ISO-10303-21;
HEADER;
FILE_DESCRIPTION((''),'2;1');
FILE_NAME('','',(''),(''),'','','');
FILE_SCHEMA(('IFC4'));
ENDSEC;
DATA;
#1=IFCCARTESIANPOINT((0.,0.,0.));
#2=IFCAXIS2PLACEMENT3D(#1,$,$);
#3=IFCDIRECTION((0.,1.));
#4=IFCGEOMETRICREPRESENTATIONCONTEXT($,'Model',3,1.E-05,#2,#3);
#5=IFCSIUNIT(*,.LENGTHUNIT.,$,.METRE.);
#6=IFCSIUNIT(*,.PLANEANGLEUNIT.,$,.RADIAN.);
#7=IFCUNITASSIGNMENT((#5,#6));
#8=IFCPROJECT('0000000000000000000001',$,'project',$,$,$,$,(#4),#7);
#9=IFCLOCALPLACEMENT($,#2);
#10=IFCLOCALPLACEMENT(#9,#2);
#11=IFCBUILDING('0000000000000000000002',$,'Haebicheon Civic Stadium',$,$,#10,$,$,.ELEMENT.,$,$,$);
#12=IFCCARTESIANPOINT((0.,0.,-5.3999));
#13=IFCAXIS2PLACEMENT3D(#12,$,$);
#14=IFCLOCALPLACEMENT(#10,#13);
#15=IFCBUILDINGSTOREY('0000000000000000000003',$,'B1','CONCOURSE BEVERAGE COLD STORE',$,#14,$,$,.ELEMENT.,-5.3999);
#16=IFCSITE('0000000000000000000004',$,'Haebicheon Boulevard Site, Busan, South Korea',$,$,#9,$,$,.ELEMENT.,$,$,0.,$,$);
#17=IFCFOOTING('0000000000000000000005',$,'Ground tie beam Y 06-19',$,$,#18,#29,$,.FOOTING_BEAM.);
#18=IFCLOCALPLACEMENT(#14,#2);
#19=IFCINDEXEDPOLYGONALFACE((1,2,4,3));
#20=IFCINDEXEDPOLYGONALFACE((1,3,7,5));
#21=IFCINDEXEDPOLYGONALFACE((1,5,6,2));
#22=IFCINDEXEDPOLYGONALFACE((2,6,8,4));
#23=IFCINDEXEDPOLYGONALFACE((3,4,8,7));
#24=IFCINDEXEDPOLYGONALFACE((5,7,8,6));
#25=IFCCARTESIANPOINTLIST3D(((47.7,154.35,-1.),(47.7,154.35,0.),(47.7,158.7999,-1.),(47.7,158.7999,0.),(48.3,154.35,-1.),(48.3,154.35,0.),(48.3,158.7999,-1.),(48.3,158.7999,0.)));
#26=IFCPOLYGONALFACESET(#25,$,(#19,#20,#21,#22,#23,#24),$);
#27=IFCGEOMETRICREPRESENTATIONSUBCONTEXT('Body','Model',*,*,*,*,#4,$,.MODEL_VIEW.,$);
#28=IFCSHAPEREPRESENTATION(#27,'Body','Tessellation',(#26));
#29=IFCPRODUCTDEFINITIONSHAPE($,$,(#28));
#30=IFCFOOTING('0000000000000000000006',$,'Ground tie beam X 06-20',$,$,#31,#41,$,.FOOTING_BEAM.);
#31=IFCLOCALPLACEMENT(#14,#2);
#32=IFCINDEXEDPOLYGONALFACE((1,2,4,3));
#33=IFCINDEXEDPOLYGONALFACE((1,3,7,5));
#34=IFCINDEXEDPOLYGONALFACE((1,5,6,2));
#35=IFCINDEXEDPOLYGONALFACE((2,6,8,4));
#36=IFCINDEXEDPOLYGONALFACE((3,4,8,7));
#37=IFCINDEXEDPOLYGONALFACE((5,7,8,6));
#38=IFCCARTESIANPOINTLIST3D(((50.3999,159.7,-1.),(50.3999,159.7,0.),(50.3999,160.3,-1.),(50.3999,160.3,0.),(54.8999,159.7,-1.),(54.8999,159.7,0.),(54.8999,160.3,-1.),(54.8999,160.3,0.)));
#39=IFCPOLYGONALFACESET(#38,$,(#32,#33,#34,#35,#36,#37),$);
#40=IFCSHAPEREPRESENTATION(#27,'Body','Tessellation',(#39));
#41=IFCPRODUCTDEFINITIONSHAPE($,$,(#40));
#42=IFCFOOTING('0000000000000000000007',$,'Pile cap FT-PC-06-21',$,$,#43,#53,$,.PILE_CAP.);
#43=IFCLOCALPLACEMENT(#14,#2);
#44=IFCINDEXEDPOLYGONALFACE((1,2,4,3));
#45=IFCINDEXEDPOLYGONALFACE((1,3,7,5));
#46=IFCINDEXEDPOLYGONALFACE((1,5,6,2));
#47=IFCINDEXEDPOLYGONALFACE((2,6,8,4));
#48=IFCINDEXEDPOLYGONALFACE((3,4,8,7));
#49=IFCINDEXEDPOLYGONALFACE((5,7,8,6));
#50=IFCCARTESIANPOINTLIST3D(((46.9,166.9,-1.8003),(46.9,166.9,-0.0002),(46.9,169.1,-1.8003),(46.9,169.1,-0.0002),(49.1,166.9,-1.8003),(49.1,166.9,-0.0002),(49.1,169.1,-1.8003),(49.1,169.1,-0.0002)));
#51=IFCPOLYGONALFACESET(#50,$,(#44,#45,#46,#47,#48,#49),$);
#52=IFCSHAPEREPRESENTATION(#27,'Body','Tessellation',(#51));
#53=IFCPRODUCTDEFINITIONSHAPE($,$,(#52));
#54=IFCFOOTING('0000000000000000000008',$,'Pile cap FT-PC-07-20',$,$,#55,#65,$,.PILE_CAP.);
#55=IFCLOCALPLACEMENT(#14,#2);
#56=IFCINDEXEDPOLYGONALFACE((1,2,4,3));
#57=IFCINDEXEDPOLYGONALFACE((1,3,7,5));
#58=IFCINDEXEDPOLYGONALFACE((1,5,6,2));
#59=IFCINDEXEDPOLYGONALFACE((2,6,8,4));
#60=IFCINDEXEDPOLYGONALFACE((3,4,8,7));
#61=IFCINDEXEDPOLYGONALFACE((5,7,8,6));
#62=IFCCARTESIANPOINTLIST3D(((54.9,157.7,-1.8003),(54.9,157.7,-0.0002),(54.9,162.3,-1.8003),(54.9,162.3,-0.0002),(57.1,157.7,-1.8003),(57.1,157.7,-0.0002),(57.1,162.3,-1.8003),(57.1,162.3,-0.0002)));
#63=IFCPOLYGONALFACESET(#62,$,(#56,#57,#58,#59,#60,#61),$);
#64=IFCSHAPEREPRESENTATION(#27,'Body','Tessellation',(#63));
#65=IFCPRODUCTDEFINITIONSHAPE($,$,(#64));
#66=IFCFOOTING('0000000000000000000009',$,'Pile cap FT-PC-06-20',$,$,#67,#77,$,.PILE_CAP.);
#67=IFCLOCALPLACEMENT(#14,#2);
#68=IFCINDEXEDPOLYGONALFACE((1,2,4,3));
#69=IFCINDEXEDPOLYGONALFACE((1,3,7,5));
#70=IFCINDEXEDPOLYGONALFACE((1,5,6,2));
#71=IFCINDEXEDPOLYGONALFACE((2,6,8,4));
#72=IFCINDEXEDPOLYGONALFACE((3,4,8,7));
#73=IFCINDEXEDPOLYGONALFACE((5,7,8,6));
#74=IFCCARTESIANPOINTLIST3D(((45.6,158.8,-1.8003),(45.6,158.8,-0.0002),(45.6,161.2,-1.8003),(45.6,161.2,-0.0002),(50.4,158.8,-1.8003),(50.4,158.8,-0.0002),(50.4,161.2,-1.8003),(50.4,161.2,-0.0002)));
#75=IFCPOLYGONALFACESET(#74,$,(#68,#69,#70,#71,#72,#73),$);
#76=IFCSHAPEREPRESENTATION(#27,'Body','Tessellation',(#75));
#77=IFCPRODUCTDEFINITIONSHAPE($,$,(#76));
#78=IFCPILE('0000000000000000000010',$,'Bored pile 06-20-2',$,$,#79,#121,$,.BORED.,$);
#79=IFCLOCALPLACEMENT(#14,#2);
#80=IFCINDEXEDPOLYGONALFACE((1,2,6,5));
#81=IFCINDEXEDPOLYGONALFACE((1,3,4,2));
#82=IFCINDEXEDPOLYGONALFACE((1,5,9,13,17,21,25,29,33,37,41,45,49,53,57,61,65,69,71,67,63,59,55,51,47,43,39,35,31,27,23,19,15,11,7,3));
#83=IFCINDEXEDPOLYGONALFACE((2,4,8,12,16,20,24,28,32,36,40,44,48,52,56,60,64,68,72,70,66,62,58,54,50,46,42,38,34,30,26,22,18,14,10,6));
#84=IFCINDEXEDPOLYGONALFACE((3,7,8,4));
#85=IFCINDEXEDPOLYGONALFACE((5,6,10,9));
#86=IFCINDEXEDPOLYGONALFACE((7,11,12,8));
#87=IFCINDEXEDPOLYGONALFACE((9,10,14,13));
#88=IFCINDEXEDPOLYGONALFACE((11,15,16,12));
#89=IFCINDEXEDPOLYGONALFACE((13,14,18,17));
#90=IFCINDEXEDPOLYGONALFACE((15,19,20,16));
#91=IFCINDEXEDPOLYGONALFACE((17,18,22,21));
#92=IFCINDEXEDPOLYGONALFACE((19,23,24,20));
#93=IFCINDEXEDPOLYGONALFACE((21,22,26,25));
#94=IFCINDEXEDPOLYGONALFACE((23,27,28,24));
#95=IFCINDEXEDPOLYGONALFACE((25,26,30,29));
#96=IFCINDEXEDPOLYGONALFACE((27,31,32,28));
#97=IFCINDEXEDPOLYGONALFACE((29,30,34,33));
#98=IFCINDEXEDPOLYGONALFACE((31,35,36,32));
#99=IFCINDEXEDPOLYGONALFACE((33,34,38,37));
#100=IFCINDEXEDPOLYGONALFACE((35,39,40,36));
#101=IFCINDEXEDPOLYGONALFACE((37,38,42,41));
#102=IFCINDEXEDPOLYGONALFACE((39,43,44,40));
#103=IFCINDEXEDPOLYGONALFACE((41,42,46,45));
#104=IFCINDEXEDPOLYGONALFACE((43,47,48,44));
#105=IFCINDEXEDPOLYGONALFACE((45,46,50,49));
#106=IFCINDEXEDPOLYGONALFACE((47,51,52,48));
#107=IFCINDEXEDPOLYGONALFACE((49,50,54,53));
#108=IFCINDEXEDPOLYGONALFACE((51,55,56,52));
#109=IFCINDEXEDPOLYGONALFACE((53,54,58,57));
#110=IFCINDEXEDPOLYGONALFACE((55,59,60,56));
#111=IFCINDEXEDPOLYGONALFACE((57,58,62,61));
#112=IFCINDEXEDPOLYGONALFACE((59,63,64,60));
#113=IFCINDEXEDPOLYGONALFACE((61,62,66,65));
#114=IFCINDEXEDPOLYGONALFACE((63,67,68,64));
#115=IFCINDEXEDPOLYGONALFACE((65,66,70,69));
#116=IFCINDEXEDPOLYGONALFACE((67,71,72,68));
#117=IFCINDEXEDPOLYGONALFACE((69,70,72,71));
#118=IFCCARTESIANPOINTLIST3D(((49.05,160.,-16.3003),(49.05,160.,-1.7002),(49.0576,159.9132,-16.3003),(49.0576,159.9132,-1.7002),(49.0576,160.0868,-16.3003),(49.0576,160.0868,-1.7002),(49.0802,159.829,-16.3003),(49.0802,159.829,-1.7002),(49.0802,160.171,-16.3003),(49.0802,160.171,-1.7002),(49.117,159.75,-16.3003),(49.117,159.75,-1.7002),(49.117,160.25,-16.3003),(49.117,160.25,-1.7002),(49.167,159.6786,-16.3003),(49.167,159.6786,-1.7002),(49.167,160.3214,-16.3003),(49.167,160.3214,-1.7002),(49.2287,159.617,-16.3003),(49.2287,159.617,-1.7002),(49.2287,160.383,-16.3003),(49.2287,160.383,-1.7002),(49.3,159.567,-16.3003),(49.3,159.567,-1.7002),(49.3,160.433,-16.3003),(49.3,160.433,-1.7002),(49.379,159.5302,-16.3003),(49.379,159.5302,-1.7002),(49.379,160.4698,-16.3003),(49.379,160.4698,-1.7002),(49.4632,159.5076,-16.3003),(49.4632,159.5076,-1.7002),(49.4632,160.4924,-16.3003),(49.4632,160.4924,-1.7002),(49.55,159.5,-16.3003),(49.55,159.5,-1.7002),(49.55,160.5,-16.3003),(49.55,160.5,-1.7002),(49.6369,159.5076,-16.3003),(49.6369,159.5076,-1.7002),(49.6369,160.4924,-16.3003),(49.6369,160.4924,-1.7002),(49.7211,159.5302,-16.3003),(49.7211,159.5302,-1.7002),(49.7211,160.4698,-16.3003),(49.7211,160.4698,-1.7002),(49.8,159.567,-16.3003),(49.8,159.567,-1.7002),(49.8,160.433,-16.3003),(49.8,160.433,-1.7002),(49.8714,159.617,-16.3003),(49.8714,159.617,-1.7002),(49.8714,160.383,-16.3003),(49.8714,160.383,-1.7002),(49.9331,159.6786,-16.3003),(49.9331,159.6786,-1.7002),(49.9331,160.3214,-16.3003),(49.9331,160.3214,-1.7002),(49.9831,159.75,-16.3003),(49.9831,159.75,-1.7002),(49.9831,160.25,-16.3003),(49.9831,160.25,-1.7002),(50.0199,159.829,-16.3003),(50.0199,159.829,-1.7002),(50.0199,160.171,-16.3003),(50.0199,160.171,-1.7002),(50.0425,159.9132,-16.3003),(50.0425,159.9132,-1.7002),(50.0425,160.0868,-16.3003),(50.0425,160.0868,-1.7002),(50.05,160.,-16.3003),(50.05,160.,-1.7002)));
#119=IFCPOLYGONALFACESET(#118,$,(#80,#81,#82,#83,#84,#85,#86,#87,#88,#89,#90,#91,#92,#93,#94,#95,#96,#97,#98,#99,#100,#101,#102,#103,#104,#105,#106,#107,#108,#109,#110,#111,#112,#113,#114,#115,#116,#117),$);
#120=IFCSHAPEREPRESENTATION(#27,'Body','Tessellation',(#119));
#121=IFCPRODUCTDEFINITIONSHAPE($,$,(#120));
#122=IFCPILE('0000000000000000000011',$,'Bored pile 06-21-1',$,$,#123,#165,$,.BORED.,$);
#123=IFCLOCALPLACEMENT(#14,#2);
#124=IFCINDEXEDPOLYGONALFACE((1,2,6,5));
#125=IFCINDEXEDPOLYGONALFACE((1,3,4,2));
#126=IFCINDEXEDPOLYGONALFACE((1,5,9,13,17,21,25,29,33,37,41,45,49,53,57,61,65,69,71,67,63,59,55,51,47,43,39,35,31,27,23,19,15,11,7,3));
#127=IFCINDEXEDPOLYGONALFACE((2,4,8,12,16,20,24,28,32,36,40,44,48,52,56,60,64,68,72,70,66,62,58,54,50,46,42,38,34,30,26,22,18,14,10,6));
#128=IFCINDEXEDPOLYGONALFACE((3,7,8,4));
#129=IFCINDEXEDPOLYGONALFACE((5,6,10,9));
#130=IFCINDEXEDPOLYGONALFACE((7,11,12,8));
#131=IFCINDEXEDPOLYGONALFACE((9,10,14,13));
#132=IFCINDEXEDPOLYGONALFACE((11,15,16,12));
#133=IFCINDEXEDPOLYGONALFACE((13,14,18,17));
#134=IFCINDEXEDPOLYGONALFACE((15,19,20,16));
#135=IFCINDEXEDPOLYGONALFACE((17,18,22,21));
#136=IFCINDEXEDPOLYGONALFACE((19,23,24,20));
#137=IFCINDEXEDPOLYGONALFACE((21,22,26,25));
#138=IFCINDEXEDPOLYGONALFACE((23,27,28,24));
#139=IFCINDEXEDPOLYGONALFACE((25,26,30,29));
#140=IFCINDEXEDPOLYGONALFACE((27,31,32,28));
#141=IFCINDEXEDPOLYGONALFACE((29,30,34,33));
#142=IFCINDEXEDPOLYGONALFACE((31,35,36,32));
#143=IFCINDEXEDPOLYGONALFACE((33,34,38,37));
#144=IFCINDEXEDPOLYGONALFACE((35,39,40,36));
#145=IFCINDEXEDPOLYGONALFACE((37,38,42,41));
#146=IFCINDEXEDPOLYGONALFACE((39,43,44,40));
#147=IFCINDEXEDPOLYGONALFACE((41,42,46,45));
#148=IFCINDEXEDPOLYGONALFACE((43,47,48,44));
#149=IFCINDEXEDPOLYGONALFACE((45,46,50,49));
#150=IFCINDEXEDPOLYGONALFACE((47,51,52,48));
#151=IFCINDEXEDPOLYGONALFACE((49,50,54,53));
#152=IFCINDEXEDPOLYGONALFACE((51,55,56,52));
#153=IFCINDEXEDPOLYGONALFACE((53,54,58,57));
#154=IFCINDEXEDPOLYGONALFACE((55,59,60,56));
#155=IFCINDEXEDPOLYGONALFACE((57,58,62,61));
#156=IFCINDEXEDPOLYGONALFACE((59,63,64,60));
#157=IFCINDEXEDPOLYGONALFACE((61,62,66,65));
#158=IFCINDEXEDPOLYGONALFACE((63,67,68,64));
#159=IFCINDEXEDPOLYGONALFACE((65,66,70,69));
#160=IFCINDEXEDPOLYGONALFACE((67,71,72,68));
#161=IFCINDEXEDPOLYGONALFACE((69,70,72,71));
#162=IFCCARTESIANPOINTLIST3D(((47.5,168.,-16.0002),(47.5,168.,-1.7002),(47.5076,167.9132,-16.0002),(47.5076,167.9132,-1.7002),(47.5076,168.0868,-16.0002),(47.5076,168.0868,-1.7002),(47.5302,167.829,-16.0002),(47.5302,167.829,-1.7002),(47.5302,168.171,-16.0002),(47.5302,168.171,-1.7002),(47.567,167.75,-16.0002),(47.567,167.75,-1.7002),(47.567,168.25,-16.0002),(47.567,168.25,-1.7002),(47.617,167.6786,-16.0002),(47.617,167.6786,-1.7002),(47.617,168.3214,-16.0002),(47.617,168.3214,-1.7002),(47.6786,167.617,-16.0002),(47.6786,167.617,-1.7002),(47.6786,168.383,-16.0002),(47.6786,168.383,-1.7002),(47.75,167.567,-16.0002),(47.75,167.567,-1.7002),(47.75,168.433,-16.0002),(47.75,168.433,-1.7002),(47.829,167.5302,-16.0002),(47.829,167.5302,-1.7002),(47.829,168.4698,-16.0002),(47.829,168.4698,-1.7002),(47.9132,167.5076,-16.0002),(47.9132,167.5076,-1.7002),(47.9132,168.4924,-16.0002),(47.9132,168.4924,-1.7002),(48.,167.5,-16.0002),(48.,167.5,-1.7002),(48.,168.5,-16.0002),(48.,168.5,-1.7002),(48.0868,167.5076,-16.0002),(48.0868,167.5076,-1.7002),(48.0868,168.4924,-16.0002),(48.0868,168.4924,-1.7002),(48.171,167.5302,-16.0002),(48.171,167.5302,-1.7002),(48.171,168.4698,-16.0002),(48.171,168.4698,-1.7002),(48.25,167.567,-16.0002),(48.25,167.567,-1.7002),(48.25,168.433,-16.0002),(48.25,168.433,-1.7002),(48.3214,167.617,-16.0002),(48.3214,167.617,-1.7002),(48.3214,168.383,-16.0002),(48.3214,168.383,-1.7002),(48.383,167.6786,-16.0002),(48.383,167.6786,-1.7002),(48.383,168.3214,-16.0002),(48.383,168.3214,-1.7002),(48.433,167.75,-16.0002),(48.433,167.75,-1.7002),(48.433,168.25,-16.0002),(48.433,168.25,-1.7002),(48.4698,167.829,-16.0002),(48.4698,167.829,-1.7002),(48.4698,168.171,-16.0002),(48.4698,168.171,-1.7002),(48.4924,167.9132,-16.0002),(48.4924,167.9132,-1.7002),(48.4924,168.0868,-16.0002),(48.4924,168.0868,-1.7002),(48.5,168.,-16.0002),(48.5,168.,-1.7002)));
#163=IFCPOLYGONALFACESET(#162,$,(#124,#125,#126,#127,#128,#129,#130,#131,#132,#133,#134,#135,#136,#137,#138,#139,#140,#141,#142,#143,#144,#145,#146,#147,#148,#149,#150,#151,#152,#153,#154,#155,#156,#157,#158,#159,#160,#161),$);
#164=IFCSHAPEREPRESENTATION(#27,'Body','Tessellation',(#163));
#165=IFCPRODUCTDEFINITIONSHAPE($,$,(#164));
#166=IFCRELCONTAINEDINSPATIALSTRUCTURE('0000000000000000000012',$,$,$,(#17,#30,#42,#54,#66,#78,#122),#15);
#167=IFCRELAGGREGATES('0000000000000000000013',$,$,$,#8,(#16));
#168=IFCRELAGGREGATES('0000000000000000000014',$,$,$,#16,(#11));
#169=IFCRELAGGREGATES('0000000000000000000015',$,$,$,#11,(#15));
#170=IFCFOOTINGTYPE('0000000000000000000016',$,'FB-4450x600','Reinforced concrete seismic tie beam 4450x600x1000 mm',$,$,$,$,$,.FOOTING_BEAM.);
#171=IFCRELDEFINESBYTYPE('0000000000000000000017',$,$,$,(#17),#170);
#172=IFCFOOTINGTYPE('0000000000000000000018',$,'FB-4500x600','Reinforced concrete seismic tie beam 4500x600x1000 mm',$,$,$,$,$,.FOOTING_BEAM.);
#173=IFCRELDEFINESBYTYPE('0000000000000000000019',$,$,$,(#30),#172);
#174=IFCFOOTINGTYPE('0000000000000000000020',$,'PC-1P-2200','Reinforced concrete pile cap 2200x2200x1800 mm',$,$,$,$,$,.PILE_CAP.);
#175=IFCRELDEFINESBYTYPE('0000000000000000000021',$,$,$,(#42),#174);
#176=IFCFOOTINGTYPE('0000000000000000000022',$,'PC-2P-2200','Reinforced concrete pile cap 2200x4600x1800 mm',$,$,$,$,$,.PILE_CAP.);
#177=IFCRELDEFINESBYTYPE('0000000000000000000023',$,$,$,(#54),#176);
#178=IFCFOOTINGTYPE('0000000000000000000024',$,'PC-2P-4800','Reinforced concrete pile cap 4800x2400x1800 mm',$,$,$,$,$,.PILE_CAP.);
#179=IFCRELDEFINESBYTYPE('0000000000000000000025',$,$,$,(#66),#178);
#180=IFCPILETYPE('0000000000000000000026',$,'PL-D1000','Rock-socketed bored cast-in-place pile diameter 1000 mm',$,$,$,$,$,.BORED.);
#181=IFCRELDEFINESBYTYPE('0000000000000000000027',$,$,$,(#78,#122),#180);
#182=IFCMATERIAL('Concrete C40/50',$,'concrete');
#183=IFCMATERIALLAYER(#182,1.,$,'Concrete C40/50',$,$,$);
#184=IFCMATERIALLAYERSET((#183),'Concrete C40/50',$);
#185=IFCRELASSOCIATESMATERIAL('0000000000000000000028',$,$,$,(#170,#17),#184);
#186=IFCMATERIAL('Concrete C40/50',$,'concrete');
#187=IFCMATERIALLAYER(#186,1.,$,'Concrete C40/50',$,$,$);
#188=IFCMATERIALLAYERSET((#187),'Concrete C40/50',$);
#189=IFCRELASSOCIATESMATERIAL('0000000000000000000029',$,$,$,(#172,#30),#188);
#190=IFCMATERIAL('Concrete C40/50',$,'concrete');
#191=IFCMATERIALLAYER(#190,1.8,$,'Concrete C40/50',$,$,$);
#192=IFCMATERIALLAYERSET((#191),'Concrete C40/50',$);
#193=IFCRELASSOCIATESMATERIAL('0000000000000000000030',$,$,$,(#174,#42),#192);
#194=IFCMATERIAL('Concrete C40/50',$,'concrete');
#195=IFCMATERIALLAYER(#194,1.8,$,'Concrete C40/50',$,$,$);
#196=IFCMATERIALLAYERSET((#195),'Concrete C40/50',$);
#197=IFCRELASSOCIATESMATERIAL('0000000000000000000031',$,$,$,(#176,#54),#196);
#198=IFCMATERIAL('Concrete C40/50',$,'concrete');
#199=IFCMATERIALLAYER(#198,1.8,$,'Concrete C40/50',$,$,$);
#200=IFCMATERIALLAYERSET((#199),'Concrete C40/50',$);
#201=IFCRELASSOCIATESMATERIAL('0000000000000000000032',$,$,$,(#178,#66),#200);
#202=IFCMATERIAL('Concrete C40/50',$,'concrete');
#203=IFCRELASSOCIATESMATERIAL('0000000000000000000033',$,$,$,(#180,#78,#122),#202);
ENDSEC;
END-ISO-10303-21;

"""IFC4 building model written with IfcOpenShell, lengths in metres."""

from ifc_helpers import new_model, si_unit, direction, frame, origin, origin_2d, place, context, subcontext, project, spatial, rectangle, circle, extrude, material, layer, layer_set, material_profile, profile_set, type_object, element, save


model = new_model("IFC4")

# Units and contexts
model_context = context("Model", 3, precision=1e-05, world=origin(), true_north=direction((0.0, 1.0)))
body_context = subcontext(model_context, "Body", "Model", "MODEL_VIEW")
ifc_project = project(units=[si_unit("LENGTHUNIT", "METRE"), si_unit("PLANEANGLEUNIT", "RADIAN")], contexts=[model_context])

# Site, building, storey
site_placement = place(None, origin())
site = spatial("IfcSite", under=ifc_project, at=site_placement, Name="Haebicheon Boulevard Site, Busan, South Korea", CompositionType="ELEMENT", RefElevation=0.0)
building_placement = place(site_placement, origin())
building = spatial("IfcBuilding", under=site, at=building_placement, Name="Haebicheon Civic Stadium", CompositionType="ELEMENT")
storey_placement = place(building_placement, frame((0.0, 0.0, -5.3999)))
storey = spatial("IfcBuildingStorey", under=building, at=storey_placement, Name="B1", Description="CONCOURSE BEVERAGE COLD STORE", CompositionType="ELEMENT", Elevation=-5.3999)

# Footings
ifc_material_1 = material(Name="Concrete C40/50", Category="concrete")
ifc_layer_1 = layer(ifc_material_1, 1.0, Name="Concrete C40/50")
ifc_layer_set_1 = layer_set([ifc_layer_1], Name="Concrete C40/50")
footing_type_1 = type_object("IfcFootingType", Name="FB-4450x600", Description="Reinforced concrete seismic tie beam 4450x600x1000 mm", PredefinedType="FOOTING_BEAM", material=ifc_layer_set_1)
footing_1_placement = place(storey_placement, frame((48.0, 156.575, -1.0), z_axis=(0.0, 0.0, 1.0), x_axis=(0.0, 1.0, 0.0)))
element("IfcFooting", 1, at=footing_1_placement, inside=storey, type_object=footing_type_1, material=ifc_layer_set_1, Name="Ground tie beam Y 06-19", PredefinedType="FOOTING_BEAM", context=body_context, shape_type="SweptSolid", body=[
    extrude(rectangle(XDim=4.45, YDim=0.6001, at=origin_2d()), origin(), (0.0, 0.0, 1.0), 1.0),
])
ifc_material_2 = material(Name="Concrete C40/50", Category="concrete")
ifc_layer_2 = layer(ifc_material_2, 1.0, Name="Concrete C40/50")
ifc_layer_set_2 = layer_set([ifc_layer_2], Name="Concrete C40/50")
footing_type_2 = type_object("IfcFootingType", Name="FB-4500x600", Description="Reinforced concrete seismic tie beam 4500x600x1000 mm", PredefinedType="FOOTING_BEAM", material=ifc_layer_set_2)
footing_2_placement = place(storey_placement, frame((52.6499, 160.0, -1.0), z_axis=(0.0, 0.0, 1.0), x_axis=(1.0, 0.0, 0.0)))
element("IfcFooting", 2, at=footing_2_placement, inside=storey, type_object=footing_type_2, material=ifc_layer_set_2, Name="Ground tie beam X 06-20", PredefinedType="FOOTING_BEAM", context=body_context, shape_type="SweptSolid", body=[
    extrude(rectangle(XDim=4.5, YDim=0.6001, at=origin_2d()), origin(), (0.0, 0.0, 1.0), 1.0),
])
ifc_material_3 = material(Name="Concrete C40/50", Category="concrete")
ifc_layer_3 = layer(ifc_material_3, 1.8, Name="Concrete C40/50")
ifc_layer_set_3 = layer_set([ifc_layer_3], Name="Concrete C40/50")
footing_type_3 = type_object("IfcFootingType", Name="PC-1P-2200", Description="Reinforced concrete pile cap 2200x2200x1800 mm", PredefinedType="PILE_CAP", material=ifc_layer_set_3)
footing_3_placement = place(storey_placement, frame((48.0, 168.0, -1.8003), z_axis=(0.0, 0.0, 1.0), x_axis=(1.0, 0.0, 0.0)))
element("IfcFooting", 3, at=footing_3_placement, inside=storey, type_object=footing_type_3, material=ifc_layer_set_3, Name="Pile cap FT-PC-06-21", PredefinedType="PILE_CAP", context=body_context, shape_type="SweptSolid", body=[
    extrude(rectangle(XDim=2.2, YDim=2.2, at=origin_2d()), origin(), (0.0, 0.0, 1.0), 1.8),
])
ifc_material_4 = material(Name="Concrete C40/50", Category="concrete")
ifc_layer_4 = layer(ifc_material_4, 1.8, Name="Concrete C40/50")
ifc_layer_set_4 = layer_set([ifc_layer_4], Name="Concrete C40/50")
footing_type_4 = type_object("IfcFootingType", Name="PC-2P-2200", Description="Reinforced concrete pile cap 2200x4600x1800 mm", PredefinedType="PILE_CAP", material=ifc_layer_set_4)
footing_4_placement = place(storey_placement, frame((56.0, 160.0, -1.8003), z_axis=(0.0, 0.0, 1.0), x_axis=(1.0, 0.0, 0.0)))
element("IfcFooting", 4, at=footing_4_placement, inside=storey, type_object=footing_type_4, material=ifc_layer_set_4, Name="Pile cap FT-PC-07-20", PredefinedType="PILE_CAP", context=body_context, shape_type="SweptSolid", body=[
    extrude(rectangle(XDim=2.2, YDim=4.6001, at=origin_2d()), origin(), (0.0, 0.0, 1.0), 1.8),
])
ifc_material_5 = material(Name="Concrete C40/50", Category="concrete")
ifc_layer_5 = layer(ifc_material_5, 1.8, Name="Concrete C40/50")
ifc_layer_set_5 = layer_set([ifc_layer_5], Name="Concrete C40/50")
footing_type_5 = type_object("IfcFootingType", Name="PC-2P-4800", Description="Reinforced concrete pile cap 4800x2400x1800 mm", PredefinedType="PILE_CAP", material=ifc_layer_set_5)
footing_5_placement = place(storey_placement, frame((48.0, 160.0, -1.8003), z_axis=(0.0, 0.0, 1.0), x_axis=(1.0, 0.0, 0.0)))
element("IfcFooting", 5, at=footing_5_placement, inside=storey, type_object=footing_type_5, material=ifc_layer_set_5, Name="Pile cap FT-PC-06-20", PredefinedType="PILE_CAP", context=body_context, shape_type="SweptSolid", body=[
    extrude(rectangle(XDim=4.8, YDim=2.3999, at=origin_2d()), origin(), (0.0, 0.0, 1.0), 1.8),
])

# Piles
ifc_material_6 = material(Name="Concrete C40/50", Category="concrete")
ifc_material_profile_1 = material_profile(ifc_material_6, circle(Radius=0.5, at=origin_2d()), Name="PILE-D1000")
ifc_profile_set_1 = profile_set([ifc_material_profile_1], Name="Concrete C40/50")
pile_type = type_object("IfcPileType", Name="PL-D1000", Description="Rock-socketed bored cast-in-place pile diameter 1000 mm", PredefinedType="BORED", material=ifc_profile_set_1)
pile_placement = place(storey_placement, frame((49.55, 160.0, -1.7002), z_axis=(0.0, 0.0, -1.0), x_axis=(1.0, 0.0, 0.0)))
element("IfcPile", 6, at=pile_placement, inside=storey, type_object=pile_type, material=ifc_profile_set_1, Name="Bored pile 06-20-2", PredefinedType="BORED", context=body_context, shape_type="SweptSolid", body=[
    extrude(circle(Radius=0.5, at=origin_2d()), origin(), (0.0, 0.0, 1.0), 14.6001),
])
for number, where, z_axis, x_axis, name in (
    (7, (48.0, 168.0, -1.7002), (0.0, 0.0, -1.0), (1.0, 0.0, 0.0), "Bored pile 06-21-1"),
):
    element("IfcPile", number, at=place(storey_placement, frame(where, z_axis=z_axis, x_axis=x_axis)), inside=storey, type_object=pile_type, material=ifc_profile_set_1, Name=name, PredefinedType="BORED", context=body_context, shape_type="SweptSolid", body=[
        extrude(circle(Radius=0.5, at=origin_2d()), origin(), (0.0, 0.0, 1.0), 14.3),
    ])

save(model, "model.ifc")
